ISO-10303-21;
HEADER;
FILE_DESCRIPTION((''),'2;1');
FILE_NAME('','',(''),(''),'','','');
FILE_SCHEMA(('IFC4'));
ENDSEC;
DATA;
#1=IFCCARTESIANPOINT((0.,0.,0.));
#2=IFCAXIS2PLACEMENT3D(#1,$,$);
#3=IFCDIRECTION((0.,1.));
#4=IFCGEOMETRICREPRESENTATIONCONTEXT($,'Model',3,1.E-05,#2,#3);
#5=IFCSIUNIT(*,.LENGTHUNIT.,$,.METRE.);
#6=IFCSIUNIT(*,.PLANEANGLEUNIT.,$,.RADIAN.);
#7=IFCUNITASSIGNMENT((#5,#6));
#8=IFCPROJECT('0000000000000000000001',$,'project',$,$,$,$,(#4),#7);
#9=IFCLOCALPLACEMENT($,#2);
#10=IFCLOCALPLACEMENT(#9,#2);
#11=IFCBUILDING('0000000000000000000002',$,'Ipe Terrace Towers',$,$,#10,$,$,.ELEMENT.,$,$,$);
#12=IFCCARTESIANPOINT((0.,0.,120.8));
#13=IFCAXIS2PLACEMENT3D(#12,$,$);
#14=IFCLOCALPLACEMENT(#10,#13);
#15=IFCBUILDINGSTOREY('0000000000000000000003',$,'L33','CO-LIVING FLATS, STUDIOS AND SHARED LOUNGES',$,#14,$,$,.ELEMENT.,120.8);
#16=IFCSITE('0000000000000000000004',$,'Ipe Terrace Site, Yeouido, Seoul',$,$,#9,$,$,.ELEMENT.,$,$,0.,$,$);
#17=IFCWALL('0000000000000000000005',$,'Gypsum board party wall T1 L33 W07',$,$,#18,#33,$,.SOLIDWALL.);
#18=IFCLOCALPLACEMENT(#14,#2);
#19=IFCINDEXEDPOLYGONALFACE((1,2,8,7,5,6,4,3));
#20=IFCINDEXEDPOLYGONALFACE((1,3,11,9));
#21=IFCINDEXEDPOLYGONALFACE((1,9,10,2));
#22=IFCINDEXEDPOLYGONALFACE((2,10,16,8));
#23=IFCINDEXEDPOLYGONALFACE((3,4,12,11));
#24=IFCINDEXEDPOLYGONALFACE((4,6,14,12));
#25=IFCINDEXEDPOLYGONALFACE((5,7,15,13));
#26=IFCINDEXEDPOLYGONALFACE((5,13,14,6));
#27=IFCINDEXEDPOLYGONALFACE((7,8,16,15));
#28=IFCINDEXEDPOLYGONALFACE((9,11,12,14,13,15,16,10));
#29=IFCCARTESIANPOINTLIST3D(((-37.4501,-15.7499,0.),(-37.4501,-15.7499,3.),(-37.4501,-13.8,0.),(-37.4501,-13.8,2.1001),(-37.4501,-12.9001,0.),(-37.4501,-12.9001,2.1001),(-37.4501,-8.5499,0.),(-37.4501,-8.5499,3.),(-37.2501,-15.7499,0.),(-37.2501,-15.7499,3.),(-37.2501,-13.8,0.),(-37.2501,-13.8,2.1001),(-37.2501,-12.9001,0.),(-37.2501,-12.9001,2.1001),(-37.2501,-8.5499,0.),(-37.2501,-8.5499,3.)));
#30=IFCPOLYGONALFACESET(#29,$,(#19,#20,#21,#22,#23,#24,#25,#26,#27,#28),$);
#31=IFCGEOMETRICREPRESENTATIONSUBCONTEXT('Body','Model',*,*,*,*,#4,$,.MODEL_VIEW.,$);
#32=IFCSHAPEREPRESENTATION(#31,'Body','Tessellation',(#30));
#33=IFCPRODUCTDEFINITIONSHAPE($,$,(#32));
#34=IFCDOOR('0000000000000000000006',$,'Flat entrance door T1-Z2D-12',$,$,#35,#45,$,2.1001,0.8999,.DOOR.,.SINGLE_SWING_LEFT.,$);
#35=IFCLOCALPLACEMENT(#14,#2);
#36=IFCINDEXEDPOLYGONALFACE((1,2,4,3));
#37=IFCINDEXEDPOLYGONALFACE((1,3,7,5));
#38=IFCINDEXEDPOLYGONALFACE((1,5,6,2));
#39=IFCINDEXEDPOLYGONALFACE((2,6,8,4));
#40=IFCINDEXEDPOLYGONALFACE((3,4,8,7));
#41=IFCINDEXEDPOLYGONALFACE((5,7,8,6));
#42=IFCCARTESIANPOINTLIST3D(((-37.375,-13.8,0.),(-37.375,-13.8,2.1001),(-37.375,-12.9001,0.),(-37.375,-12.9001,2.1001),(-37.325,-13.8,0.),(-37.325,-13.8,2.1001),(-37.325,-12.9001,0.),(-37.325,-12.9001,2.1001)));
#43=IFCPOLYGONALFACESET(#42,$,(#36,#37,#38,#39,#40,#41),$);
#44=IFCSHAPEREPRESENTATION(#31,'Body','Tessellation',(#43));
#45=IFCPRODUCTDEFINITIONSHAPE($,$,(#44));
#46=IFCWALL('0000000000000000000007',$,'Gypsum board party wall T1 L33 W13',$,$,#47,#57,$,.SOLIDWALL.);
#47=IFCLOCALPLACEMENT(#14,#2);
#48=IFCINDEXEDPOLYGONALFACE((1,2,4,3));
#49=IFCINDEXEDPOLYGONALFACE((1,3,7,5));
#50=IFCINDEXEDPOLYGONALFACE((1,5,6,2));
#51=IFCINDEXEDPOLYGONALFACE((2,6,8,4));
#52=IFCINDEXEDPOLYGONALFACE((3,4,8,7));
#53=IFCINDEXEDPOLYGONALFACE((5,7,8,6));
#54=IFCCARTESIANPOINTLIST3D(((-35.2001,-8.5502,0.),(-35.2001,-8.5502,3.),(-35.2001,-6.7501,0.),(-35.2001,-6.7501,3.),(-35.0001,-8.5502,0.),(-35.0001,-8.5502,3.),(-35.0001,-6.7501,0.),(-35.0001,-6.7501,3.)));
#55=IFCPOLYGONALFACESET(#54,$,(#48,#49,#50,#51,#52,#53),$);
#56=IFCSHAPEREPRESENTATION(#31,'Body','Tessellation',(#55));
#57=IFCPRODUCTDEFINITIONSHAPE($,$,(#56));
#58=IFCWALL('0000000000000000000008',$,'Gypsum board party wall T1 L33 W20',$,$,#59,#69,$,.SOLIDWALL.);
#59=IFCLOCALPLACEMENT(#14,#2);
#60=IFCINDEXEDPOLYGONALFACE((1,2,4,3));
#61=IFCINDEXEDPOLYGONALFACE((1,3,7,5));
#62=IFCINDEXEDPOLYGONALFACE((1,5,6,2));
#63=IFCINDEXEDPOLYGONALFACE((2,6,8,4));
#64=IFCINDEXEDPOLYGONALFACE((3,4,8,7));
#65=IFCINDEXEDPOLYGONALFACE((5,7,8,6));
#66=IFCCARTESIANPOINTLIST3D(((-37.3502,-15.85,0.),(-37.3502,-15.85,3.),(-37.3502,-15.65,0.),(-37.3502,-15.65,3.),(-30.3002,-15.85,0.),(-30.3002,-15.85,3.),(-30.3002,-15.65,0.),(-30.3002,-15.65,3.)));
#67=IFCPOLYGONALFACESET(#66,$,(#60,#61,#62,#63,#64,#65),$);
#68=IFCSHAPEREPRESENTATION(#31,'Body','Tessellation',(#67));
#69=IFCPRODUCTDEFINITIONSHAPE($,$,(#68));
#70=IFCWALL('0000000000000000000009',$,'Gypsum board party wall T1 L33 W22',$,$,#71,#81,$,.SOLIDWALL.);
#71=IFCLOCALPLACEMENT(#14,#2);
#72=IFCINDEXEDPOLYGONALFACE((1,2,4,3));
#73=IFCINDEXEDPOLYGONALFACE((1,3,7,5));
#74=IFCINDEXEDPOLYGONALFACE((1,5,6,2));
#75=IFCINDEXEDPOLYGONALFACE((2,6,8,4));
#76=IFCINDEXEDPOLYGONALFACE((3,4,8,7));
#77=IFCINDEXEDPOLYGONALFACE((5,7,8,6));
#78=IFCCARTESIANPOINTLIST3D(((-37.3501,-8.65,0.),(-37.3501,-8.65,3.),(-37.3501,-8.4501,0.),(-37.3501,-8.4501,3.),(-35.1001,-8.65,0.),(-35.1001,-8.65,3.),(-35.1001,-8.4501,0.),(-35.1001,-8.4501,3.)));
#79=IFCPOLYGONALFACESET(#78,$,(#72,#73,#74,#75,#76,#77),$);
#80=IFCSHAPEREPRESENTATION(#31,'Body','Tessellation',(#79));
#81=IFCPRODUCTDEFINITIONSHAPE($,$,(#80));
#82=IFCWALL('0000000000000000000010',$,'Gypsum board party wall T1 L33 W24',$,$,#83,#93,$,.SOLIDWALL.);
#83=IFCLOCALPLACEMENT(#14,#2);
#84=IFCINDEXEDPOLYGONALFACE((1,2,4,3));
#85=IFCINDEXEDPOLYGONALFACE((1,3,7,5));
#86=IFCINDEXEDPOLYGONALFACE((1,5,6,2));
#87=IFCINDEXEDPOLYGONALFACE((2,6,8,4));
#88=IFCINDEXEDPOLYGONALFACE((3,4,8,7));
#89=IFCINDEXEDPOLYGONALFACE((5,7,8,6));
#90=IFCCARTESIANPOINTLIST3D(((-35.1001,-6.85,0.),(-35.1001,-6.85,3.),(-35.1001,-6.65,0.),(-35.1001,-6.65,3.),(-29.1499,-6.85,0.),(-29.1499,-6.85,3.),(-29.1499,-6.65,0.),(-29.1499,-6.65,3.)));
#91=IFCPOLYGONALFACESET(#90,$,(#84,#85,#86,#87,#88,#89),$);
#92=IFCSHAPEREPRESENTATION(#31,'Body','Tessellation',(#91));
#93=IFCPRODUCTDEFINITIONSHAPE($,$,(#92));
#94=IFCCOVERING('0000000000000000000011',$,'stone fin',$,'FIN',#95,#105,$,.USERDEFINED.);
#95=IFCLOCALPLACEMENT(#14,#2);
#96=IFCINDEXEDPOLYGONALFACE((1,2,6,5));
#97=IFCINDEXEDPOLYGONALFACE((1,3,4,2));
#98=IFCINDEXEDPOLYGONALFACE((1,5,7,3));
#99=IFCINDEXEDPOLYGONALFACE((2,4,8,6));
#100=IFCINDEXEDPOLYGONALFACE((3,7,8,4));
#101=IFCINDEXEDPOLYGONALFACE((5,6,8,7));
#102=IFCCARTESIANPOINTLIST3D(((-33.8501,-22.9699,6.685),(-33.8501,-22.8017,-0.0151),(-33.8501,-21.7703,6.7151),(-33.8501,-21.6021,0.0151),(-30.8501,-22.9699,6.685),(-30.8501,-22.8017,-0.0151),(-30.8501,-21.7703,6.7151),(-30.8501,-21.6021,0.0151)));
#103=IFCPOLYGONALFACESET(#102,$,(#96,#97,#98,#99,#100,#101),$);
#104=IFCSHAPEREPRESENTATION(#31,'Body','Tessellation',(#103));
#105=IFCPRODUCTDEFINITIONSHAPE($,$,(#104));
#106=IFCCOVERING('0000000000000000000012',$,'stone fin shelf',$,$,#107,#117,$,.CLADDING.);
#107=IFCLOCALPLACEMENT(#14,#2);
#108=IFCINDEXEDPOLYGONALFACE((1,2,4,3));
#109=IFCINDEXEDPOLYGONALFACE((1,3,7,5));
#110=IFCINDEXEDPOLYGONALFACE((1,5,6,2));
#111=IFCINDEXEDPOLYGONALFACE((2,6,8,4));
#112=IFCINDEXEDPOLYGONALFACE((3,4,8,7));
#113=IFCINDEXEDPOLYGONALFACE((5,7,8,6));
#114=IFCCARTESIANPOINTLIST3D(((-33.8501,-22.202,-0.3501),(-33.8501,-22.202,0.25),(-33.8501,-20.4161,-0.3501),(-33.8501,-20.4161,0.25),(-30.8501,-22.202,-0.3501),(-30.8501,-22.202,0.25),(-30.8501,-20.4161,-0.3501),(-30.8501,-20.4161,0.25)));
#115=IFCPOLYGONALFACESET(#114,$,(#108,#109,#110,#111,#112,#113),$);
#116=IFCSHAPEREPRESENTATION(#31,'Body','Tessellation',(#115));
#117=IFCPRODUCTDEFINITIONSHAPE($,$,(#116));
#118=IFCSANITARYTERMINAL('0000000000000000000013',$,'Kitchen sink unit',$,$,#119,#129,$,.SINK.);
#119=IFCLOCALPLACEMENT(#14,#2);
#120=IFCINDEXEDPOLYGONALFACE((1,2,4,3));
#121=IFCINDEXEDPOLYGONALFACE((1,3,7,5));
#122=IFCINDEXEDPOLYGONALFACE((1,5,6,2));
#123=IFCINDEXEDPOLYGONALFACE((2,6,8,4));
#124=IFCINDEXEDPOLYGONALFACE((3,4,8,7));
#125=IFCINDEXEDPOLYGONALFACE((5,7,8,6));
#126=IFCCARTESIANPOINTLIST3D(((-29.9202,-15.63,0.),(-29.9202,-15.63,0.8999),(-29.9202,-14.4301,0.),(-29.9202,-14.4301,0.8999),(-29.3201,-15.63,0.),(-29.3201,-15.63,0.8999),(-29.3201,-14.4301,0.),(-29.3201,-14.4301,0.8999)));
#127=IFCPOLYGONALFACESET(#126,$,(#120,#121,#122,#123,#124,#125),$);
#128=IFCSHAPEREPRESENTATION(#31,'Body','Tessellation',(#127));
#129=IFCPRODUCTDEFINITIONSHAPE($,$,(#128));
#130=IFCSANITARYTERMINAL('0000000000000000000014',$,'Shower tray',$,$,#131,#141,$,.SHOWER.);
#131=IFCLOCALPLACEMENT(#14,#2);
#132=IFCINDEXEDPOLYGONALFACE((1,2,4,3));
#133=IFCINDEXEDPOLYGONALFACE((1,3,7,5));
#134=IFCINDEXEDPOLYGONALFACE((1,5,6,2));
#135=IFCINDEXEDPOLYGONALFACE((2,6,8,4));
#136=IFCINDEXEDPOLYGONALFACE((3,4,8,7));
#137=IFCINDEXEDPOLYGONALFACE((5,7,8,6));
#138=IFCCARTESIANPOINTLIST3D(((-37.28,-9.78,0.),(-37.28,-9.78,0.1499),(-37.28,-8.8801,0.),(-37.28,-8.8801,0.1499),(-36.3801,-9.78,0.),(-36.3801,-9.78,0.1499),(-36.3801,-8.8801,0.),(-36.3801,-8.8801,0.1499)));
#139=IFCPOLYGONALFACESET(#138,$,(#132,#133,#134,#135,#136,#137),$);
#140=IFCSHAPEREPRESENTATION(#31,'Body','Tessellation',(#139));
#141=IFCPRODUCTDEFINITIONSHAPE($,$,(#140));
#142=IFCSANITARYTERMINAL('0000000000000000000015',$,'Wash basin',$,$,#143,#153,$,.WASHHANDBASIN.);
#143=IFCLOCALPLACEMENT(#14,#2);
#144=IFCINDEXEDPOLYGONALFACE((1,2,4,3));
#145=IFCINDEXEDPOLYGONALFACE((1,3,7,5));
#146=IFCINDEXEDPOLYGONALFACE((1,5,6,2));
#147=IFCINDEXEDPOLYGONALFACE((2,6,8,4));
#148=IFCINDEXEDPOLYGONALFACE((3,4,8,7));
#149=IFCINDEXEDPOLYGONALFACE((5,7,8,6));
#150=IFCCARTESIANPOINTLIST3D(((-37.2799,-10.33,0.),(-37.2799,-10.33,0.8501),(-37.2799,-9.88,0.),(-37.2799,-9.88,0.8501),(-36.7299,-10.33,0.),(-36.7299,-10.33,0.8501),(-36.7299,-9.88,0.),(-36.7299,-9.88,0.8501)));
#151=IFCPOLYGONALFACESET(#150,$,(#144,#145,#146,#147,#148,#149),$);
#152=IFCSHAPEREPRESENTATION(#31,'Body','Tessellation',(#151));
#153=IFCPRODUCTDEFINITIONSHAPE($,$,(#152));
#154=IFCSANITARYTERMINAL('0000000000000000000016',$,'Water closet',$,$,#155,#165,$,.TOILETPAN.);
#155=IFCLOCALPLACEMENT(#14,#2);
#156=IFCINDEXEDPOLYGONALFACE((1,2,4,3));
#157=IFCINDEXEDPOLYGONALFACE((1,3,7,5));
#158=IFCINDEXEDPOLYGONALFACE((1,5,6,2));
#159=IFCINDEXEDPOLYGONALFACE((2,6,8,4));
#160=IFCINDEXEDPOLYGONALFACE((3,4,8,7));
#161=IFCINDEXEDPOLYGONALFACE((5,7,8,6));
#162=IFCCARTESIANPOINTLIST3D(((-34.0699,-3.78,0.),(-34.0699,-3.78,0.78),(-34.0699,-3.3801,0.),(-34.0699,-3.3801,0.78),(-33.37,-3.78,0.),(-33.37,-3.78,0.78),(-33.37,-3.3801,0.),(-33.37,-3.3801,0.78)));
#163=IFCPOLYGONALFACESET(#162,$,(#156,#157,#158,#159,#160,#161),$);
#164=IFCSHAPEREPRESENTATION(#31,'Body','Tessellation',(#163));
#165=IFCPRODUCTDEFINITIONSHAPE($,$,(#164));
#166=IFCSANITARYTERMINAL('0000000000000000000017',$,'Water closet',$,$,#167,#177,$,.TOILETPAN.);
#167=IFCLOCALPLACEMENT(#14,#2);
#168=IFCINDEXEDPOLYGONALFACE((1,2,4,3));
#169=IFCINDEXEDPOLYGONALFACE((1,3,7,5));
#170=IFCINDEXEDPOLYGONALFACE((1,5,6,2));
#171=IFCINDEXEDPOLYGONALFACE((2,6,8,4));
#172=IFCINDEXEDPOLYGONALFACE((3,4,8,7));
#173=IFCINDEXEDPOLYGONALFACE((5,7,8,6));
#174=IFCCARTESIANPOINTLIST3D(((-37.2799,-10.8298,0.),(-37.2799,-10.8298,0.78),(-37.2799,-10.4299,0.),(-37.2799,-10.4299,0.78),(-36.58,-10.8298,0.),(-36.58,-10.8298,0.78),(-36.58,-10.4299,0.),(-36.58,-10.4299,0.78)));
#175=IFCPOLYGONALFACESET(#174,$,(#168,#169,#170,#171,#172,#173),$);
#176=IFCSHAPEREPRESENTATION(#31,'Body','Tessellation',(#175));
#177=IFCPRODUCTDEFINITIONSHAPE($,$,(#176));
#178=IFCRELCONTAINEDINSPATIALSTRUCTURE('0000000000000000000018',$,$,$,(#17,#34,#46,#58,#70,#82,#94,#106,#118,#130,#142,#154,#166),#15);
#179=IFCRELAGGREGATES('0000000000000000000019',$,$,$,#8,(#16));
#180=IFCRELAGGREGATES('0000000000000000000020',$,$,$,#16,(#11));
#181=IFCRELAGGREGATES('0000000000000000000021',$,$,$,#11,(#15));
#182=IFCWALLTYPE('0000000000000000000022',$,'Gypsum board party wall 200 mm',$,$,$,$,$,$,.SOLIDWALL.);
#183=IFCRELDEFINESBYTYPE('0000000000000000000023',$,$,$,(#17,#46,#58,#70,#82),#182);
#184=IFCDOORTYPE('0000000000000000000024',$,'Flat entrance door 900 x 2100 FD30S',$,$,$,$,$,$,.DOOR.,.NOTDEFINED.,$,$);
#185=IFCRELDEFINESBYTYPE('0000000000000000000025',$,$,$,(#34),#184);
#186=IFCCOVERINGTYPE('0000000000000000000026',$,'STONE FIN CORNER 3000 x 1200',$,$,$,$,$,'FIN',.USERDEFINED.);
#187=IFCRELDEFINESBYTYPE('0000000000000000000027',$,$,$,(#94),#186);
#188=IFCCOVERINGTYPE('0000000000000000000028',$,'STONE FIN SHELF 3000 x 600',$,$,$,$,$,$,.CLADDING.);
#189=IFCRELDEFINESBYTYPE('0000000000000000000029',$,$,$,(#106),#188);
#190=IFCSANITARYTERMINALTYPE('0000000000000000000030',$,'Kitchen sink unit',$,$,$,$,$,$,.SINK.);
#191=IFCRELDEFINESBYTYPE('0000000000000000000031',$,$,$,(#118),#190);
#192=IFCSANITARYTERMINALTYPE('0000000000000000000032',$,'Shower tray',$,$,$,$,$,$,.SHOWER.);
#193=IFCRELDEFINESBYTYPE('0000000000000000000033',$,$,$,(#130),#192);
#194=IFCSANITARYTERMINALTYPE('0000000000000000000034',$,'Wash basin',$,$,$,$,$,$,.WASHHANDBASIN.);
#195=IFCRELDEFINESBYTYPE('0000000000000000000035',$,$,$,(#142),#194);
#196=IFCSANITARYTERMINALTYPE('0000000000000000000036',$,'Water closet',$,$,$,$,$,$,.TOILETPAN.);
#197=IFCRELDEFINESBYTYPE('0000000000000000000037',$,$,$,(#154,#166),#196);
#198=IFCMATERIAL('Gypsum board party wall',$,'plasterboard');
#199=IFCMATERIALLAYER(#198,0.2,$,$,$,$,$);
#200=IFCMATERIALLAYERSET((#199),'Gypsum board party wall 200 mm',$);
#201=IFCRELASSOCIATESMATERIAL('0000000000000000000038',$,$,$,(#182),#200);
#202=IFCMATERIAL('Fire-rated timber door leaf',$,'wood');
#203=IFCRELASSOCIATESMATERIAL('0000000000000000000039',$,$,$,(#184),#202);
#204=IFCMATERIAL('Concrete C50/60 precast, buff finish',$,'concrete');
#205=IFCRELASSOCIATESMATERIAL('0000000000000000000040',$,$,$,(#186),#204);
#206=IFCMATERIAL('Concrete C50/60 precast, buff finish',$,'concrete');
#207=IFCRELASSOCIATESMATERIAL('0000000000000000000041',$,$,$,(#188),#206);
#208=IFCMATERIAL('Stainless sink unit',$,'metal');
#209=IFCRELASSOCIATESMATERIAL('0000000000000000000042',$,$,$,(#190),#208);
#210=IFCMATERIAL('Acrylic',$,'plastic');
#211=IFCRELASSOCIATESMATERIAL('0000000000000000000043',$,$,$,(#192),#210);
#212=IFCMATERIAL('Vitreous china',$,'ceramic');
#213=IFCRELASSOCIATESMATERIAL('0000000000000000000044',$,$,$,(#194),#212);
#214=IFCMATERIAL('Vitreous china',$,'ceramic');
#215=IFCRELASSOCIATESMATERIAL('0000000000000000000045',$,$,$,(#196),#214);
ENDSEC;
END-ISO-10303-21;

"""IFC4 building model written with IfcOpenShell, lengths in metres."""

from ifc_helpers import new_model, si_unit, direction, frame, frame_2d, origin, origin_2d, place, context, subcontext, project, spatial, rectangle, extrude, material, layer, layer_set, material_profile, profile_set, type_object, element, fill, save


model = new_model("IFC4")

# Units and contexts
model_context = context("Model", 3, precision=1e-05, world=origin(), true_north=direction((0.0, 1.0)))
body_context = subcontext(model_context, "Body", "Model", "MODEL_VIEW")
ifc_project = project(units=[si_unit("LENGTHUNIT", "METRE"), si_unit("PLANEANGLEUNIT", "RADIAN")], contexts=[model_context])

# Site, building, storey
site_placement = place(None, origin())
site = spatial("IfcSite", under=ifc_project, at=site_placement, Name="Ipe Terrace Site, Yeouido, Seoul", CompositionType="ELEMENT", RefElevation=0.0)
building_placement = place(site_placement, origin())
building = spatial("IfcBuilding", under=site, at=building_placement, Name="Ipe Terrace Towers", CompositionType="ELEMENT")
storey_placement = place(building_placement, frame((0.0, 0.0, 120.8)))
storey = spatial("IfcBuildingStorey", under=building, at=storey_placement, Name="L33", Description="CO-LIVING FLATS, STUDIOS AND SHARED LOUNGES", CompositionType="ELEMENT", Elevation=120.8)

# Wall, opening, door
ifc_material_1 = material(Name="Gypsum board party wall", Category="plasterboard")
ifc_layer_1 = layer(ifc_material_1, 0.2)
ifc_layer_set_1 = layer_set([ifc_layer_1], Name="Gypsum board party wall 200 mm")
wall_type_1 = type_object("IfcWallType", Name="Gypsum board party wall 200 mm", PredefinedType="SOLIDWALL", material=ifc_layer_set_1)
wall_1_placement = place(storey_placement, frame((-37.3501, -15.75, 0.0), z_axis=(0.0, 0.0, 1.0), x_axis=(0.0, 1.0, 0.0)))
wall_1 = element("IfcWall", 1, at=wall_1_placement, inside=storey, type_object=wall_type_1, Name="Gypsum board party wall T1 L33 W07", PredefinedType="SOLIDWALL", context=body_context, shape_type="SweptSolid", body=[
    extrude(rectangle(XDim=7.2, YDim=0.2, at=frame_2d((3.6001, 0.0))), origin(), (0.0, 0.0, 1.0), 3.0),
])
opening_1_placement = place(wall_1_placement, frame((1.95, 0.0, 0.0)))
opening_1 = element("IfcOpeningElement", 2, at=opening_1_placement, cuts=wall_1, PredefinedType="OPENING", context=body_context, shape_type="SweptSolid", body=[
    extrude(rectangle(XDim=0.8999, YDim=2.1001, at=frame_2d((0.45, 1.05))), frame((0.0, 0.1099, 0.0), z_axis=(0.0, -1.0, 0.0), x_axis=(1.0, 0.0, 0.0)), (0.0, 0.0, 1.0), 0.22),
])
ifc_material_2 = material(Name="Fire-rated timber door leaf", Category="wood")
door_type_1 = type_object("IfcDoorType", Name="Flat entrance door 900 x 2100 FD30S", OperationType="NOTDEFINED", PredefinedType="DOOR", material=ifc_material_2)
door_1_placement = place(opening_1_placement, origin())
door_1 = element("IfcDoor", 3, at=door_1_placement, inside=storey, type_object=door_type_1, Name="Flat entrance door T1-Z2D-12", OperationType="SINGLE_SWING_LEFT", OverallHeight=2.1001, OverallWidth=0.8999, PredefinedType="DOOR", context=body_context, shape_type="SweptSolid", body=[
    extrude(rectangle(XDim=0.8999, YDim=2.1001, at=frame_2d((0.45, 1.05))), frame((0.0, 0.0249, 0.0), z_axis=(0.0, -1.0, 0.0), x_axis=(1.0, 0.0, 0.0)), (0.0, 0.0, 1.0), 0.05),
])
fill(opening_1, door_1)

# Walls
wall_2_placement = place(storey_placement, frame((-35.1001, -8.55, 0.0), z_axis=(0.0, 0.0, 1.0), x_axis=(0.0, 1.0, 0.0)))
element("IfcWall", 4, at=wall_2_placement, inside=storey, type_object=wall_type_1, Name="Gypsum board party wall T1 L33 W13", PredefinedType="SOLIDWALL", context=body_context, shape_type="SweptSolid", body=[
    extrude(rectangle(XDim=1.8, YDim=0.2, at=frame_2d((0.8999, 0.0))), origin(), (0.0, 0.0, 1.0), 3.0),
])
wall_3_placement = place(storey_placement, frame((-37.3501, -15.75, 0.0), z_axis=(0.0, 0.0, 1.0), x_axis=(1.0, 0.0, 0.0)))
element("IfcWall", 5, at=wall_3_placement, inside=storey, type_object=wall_type_1, Name="Gypsum board party wall T1 L33 W20", PredefinedType="SOLIDWALL", context=body_context, shape_type="SweptSolid", body=[
    extrude(rectangle(XDim=7.05, YDim=0.2, at=frame_2d((3.5249, 0.0))), origin(), (0.0, 0.0, 1.0), 3.0),
])
wall_4_placement = place(storey_placement, frame((-37.3501, -8.55, 0.0), z_axis=(0.0, 0.0, 1.0), x_axis=(1.0, 0.0, 0.0)))
element("IfcWall", 6, at=wall_4_placement, inside=storey, type_object=wall_type_1, Name="Gypsum board party wall T1 L33 W22", PredefinedType="SOLIDWALL", context=body_context, shape_type="SweptSolid", body=[
    extrude(rectangle(XDim=2.25, YDim=0.2, at=frame_2d((1.125, 0.0))), origin(), (0.0, 0.0, 1.0), 3.0),
])
wall_5_placement = place(storey_placement, frame((-35.1001, -6.75, 0.0), z_axis=(0.0, 0.0, 1.0), x_axis=(1.0, 0.0, 0.0)))
element("IfcWall", 7, at=wall_5_placement, inside=storey, type_object=wall_type_1, Name="Gypsum board party wall T1 L33 W24", PredefinedType="SOLIDWALL", context=body_context, shape_type="SweptSolid", body=[
    extrude(rectangle(XDim=5.9502, YDim=0.2, at=frame_2d((2.9751, 0.0))), origin(), (0.0, 0.0, 1.0), 3.0),
])

# Coverings
ifc_material_3 = material(Name="Concrete C50/60 precast, buff finish", Category="concrete")
ifc_material_profile_1 = material_profile(ifc_material_3, rectangle(XDim=3.0, YDim=1.2, at=origin_2d()), Name="STONE FIN CORNER 3000 x 1200")
ifc_profile_set_1 = profile_set([ifc_material_profile_1], Name="Concrete C50/60 precast, buff finish")
covering_type_1 = type_object("IfcCoveringType", Name="STONE FIN CORNER 3000 x 1200", ElementType="FIN", PredefinedType="USERDEFINED", material=ifc_profile_set_1)
covering_1_placement = place(storey_placement, frame((-32.3501, -22.2019, 0.0), z_axis=(0.0, -0.025099, 0.999685), x_axis=(1.0, 0.0, 0.0)))
element("IfcCovering", 8, at=covering_1_placement, inside=storey, type_object=covering_type_1, Name="stone fin", ObjectType="FIN", PredefinedType="USERDEFINED", context=body_context, shape_type="SweptSolid", body=[
    extrude(rectangle(XDim=3.0, YDim=1.2, at=origin_2d()), origin(), (0.0, 0.0, 1.0), 6.7021),
])
ifc_material_4 = material(Name="Concrete C50/60 precast, buff finish", Category="concrete")
covering_type_2 = type_object("IfcCoveringType", Name="STONE FIN SHELF 3000 x 600", PredefinedType="CLADDING", material=ifc_material_4)
covering_2_placement = place(storey_placement, frame((-32.3501, -21.3091, -0.3501), z_axis=(0.0, 0.0, 1.0), x_axis=(1.0, 0.0, 0.0)))
element("IfcCovering", 9, at=covering_2_placement, inside=storey, type_object=covering_type_2, Name="stone fin shelf", PredefinedType="CLADDING", context=body_context, shape_type="SweptSolid", body=[
    extrude(rectangle(XDim=3.0, YDim=1.7859, at=origin_2d()), origin(), (0.0, 0.0, 1.0), 0.6001),
])

# Sanitary terminals
ifc_material_5 = material(Name="Stainless sink unit", Category="metal")
sanitary_terminal_type_1 = type_object("IfcSanitaryTerminalType", Name="Kitchen sink unit", PredefinedType="SINK", material=ifc_material_5)
sanitary_terminal_1_placement = place(storey_placement, frame((-29.6201, -15.03, 0.0), z_axis=(0.0, 0.0, 1.0), x_axis=(0.0, -1.0, 0.0)))
element("IfcSanitaryTerminal", 10, at=sanitary_terminal_1_placement, inside=storey, type_object=sanitary_terminal_type_1, Name="Kitchen sink unit", PredefinedType="SINK", context=body_context, shape_type="SweptSolid", body=[
    extrude(rectangle(XDim=1.2, YDim=0.6001, at=origin_2d()), origin(), (0.0, 0.0, 1.0), 0.8999),
])
ifc_material_6 = material(Name="Acrylic", Category="plastic")
sanitary_terminal_type_2 = type_object("IfcSanitaryTerminalType", Name="Shower tray", PredefinedType="SHOWER", material=ifc_material_6)
sanitary_terminal_2_placement = place(storey_placement, frame((-36.8301, -9.3301, 0.0), z_axis=(0.0, 0.0, 1.0), x_axis=(1.0, 0.0, 0.0)))
element("IfcSanitaryTerminal", 11, at=sanitary_terminal_2_placement, inside=storey, type_object=sanitary_terminal_type_2, Name="Shower tray", PredefinedType="SHOWER", context=body_context, shape_type="SweptSolid", body=[
    extrude(rectangle(XDim=0.8999, YDim=0.8999, at=origin_2d()), origin(), (0.0, 0.0, 1.0), 0.1499),
])
ifc_material_7 = material(Name="Vitreous china", Category="ceramic")
sanitary_terminal_type_3 = type_object("IfcSanitaryTerminalType", Name="Wash basin", PredefinedType="WASHHANDBASIN", material=ifc_material_7)
sanitary_terminal_3_placement = place(storey_placement, frame((-37.0049, -10.105, 0.0), z_axis=(0.0, 0.0, 1.0), x_axis=(1.0, 0.0, 0.0)))
element("IfcSanitaryTerminal", 12, at=sanitary_terminal_3_placement, inside=storey, type_object=sanitary_terminal_type_3, Name="Wash basin", PredefinedType="WASHHANDBASIN", context=body_context, shape_type="SweptSolid", body=[
    extrude(rectangle(XDim=0.55, YDim=0.45, at=origin_2d()), origin(), (0.0, 0.0, 1.0), 0.8501),
])
ifc_material_8 = material(Name="Vitreous china", Category="ceramic")
sanitary_terminal_type_4 = type_object("IfcSanitaryTerminalType", Name="Water closet", PredefinedType="TOILETPAN", material=ifc_material_8)
for number, where, z_axis, x_axis, name in (
    (13, (-33.72, -3.5801, 0.0), (0.0, 0.0, 1.0), (-1.0, 0.0, 0.0), "Water closet"),
    (14, (-36.9299, -10.6299, 0.0), (0.0, 0.0, 1.0), (1.0, 0.0, 0.0), "Water closet"),
):
    element("IfcSanitaryTerminal", number, at=place(storey_placement, frame(where, z_axis=z_axis, x_axis=x_axis)), inside=storey, type_object=sanitary_terminal_type_4, Name=name, PredefinedType="TOILETPAN", context=body_context, shape_type="SweptSolid", body=[
        extrude(rectangle(XDim=0.7, YDim=0.3999, at=origin_2d()), origin(), (0.0, 0.0, 1.0), 0.78),
    ])

save(model, "model.ifc")
